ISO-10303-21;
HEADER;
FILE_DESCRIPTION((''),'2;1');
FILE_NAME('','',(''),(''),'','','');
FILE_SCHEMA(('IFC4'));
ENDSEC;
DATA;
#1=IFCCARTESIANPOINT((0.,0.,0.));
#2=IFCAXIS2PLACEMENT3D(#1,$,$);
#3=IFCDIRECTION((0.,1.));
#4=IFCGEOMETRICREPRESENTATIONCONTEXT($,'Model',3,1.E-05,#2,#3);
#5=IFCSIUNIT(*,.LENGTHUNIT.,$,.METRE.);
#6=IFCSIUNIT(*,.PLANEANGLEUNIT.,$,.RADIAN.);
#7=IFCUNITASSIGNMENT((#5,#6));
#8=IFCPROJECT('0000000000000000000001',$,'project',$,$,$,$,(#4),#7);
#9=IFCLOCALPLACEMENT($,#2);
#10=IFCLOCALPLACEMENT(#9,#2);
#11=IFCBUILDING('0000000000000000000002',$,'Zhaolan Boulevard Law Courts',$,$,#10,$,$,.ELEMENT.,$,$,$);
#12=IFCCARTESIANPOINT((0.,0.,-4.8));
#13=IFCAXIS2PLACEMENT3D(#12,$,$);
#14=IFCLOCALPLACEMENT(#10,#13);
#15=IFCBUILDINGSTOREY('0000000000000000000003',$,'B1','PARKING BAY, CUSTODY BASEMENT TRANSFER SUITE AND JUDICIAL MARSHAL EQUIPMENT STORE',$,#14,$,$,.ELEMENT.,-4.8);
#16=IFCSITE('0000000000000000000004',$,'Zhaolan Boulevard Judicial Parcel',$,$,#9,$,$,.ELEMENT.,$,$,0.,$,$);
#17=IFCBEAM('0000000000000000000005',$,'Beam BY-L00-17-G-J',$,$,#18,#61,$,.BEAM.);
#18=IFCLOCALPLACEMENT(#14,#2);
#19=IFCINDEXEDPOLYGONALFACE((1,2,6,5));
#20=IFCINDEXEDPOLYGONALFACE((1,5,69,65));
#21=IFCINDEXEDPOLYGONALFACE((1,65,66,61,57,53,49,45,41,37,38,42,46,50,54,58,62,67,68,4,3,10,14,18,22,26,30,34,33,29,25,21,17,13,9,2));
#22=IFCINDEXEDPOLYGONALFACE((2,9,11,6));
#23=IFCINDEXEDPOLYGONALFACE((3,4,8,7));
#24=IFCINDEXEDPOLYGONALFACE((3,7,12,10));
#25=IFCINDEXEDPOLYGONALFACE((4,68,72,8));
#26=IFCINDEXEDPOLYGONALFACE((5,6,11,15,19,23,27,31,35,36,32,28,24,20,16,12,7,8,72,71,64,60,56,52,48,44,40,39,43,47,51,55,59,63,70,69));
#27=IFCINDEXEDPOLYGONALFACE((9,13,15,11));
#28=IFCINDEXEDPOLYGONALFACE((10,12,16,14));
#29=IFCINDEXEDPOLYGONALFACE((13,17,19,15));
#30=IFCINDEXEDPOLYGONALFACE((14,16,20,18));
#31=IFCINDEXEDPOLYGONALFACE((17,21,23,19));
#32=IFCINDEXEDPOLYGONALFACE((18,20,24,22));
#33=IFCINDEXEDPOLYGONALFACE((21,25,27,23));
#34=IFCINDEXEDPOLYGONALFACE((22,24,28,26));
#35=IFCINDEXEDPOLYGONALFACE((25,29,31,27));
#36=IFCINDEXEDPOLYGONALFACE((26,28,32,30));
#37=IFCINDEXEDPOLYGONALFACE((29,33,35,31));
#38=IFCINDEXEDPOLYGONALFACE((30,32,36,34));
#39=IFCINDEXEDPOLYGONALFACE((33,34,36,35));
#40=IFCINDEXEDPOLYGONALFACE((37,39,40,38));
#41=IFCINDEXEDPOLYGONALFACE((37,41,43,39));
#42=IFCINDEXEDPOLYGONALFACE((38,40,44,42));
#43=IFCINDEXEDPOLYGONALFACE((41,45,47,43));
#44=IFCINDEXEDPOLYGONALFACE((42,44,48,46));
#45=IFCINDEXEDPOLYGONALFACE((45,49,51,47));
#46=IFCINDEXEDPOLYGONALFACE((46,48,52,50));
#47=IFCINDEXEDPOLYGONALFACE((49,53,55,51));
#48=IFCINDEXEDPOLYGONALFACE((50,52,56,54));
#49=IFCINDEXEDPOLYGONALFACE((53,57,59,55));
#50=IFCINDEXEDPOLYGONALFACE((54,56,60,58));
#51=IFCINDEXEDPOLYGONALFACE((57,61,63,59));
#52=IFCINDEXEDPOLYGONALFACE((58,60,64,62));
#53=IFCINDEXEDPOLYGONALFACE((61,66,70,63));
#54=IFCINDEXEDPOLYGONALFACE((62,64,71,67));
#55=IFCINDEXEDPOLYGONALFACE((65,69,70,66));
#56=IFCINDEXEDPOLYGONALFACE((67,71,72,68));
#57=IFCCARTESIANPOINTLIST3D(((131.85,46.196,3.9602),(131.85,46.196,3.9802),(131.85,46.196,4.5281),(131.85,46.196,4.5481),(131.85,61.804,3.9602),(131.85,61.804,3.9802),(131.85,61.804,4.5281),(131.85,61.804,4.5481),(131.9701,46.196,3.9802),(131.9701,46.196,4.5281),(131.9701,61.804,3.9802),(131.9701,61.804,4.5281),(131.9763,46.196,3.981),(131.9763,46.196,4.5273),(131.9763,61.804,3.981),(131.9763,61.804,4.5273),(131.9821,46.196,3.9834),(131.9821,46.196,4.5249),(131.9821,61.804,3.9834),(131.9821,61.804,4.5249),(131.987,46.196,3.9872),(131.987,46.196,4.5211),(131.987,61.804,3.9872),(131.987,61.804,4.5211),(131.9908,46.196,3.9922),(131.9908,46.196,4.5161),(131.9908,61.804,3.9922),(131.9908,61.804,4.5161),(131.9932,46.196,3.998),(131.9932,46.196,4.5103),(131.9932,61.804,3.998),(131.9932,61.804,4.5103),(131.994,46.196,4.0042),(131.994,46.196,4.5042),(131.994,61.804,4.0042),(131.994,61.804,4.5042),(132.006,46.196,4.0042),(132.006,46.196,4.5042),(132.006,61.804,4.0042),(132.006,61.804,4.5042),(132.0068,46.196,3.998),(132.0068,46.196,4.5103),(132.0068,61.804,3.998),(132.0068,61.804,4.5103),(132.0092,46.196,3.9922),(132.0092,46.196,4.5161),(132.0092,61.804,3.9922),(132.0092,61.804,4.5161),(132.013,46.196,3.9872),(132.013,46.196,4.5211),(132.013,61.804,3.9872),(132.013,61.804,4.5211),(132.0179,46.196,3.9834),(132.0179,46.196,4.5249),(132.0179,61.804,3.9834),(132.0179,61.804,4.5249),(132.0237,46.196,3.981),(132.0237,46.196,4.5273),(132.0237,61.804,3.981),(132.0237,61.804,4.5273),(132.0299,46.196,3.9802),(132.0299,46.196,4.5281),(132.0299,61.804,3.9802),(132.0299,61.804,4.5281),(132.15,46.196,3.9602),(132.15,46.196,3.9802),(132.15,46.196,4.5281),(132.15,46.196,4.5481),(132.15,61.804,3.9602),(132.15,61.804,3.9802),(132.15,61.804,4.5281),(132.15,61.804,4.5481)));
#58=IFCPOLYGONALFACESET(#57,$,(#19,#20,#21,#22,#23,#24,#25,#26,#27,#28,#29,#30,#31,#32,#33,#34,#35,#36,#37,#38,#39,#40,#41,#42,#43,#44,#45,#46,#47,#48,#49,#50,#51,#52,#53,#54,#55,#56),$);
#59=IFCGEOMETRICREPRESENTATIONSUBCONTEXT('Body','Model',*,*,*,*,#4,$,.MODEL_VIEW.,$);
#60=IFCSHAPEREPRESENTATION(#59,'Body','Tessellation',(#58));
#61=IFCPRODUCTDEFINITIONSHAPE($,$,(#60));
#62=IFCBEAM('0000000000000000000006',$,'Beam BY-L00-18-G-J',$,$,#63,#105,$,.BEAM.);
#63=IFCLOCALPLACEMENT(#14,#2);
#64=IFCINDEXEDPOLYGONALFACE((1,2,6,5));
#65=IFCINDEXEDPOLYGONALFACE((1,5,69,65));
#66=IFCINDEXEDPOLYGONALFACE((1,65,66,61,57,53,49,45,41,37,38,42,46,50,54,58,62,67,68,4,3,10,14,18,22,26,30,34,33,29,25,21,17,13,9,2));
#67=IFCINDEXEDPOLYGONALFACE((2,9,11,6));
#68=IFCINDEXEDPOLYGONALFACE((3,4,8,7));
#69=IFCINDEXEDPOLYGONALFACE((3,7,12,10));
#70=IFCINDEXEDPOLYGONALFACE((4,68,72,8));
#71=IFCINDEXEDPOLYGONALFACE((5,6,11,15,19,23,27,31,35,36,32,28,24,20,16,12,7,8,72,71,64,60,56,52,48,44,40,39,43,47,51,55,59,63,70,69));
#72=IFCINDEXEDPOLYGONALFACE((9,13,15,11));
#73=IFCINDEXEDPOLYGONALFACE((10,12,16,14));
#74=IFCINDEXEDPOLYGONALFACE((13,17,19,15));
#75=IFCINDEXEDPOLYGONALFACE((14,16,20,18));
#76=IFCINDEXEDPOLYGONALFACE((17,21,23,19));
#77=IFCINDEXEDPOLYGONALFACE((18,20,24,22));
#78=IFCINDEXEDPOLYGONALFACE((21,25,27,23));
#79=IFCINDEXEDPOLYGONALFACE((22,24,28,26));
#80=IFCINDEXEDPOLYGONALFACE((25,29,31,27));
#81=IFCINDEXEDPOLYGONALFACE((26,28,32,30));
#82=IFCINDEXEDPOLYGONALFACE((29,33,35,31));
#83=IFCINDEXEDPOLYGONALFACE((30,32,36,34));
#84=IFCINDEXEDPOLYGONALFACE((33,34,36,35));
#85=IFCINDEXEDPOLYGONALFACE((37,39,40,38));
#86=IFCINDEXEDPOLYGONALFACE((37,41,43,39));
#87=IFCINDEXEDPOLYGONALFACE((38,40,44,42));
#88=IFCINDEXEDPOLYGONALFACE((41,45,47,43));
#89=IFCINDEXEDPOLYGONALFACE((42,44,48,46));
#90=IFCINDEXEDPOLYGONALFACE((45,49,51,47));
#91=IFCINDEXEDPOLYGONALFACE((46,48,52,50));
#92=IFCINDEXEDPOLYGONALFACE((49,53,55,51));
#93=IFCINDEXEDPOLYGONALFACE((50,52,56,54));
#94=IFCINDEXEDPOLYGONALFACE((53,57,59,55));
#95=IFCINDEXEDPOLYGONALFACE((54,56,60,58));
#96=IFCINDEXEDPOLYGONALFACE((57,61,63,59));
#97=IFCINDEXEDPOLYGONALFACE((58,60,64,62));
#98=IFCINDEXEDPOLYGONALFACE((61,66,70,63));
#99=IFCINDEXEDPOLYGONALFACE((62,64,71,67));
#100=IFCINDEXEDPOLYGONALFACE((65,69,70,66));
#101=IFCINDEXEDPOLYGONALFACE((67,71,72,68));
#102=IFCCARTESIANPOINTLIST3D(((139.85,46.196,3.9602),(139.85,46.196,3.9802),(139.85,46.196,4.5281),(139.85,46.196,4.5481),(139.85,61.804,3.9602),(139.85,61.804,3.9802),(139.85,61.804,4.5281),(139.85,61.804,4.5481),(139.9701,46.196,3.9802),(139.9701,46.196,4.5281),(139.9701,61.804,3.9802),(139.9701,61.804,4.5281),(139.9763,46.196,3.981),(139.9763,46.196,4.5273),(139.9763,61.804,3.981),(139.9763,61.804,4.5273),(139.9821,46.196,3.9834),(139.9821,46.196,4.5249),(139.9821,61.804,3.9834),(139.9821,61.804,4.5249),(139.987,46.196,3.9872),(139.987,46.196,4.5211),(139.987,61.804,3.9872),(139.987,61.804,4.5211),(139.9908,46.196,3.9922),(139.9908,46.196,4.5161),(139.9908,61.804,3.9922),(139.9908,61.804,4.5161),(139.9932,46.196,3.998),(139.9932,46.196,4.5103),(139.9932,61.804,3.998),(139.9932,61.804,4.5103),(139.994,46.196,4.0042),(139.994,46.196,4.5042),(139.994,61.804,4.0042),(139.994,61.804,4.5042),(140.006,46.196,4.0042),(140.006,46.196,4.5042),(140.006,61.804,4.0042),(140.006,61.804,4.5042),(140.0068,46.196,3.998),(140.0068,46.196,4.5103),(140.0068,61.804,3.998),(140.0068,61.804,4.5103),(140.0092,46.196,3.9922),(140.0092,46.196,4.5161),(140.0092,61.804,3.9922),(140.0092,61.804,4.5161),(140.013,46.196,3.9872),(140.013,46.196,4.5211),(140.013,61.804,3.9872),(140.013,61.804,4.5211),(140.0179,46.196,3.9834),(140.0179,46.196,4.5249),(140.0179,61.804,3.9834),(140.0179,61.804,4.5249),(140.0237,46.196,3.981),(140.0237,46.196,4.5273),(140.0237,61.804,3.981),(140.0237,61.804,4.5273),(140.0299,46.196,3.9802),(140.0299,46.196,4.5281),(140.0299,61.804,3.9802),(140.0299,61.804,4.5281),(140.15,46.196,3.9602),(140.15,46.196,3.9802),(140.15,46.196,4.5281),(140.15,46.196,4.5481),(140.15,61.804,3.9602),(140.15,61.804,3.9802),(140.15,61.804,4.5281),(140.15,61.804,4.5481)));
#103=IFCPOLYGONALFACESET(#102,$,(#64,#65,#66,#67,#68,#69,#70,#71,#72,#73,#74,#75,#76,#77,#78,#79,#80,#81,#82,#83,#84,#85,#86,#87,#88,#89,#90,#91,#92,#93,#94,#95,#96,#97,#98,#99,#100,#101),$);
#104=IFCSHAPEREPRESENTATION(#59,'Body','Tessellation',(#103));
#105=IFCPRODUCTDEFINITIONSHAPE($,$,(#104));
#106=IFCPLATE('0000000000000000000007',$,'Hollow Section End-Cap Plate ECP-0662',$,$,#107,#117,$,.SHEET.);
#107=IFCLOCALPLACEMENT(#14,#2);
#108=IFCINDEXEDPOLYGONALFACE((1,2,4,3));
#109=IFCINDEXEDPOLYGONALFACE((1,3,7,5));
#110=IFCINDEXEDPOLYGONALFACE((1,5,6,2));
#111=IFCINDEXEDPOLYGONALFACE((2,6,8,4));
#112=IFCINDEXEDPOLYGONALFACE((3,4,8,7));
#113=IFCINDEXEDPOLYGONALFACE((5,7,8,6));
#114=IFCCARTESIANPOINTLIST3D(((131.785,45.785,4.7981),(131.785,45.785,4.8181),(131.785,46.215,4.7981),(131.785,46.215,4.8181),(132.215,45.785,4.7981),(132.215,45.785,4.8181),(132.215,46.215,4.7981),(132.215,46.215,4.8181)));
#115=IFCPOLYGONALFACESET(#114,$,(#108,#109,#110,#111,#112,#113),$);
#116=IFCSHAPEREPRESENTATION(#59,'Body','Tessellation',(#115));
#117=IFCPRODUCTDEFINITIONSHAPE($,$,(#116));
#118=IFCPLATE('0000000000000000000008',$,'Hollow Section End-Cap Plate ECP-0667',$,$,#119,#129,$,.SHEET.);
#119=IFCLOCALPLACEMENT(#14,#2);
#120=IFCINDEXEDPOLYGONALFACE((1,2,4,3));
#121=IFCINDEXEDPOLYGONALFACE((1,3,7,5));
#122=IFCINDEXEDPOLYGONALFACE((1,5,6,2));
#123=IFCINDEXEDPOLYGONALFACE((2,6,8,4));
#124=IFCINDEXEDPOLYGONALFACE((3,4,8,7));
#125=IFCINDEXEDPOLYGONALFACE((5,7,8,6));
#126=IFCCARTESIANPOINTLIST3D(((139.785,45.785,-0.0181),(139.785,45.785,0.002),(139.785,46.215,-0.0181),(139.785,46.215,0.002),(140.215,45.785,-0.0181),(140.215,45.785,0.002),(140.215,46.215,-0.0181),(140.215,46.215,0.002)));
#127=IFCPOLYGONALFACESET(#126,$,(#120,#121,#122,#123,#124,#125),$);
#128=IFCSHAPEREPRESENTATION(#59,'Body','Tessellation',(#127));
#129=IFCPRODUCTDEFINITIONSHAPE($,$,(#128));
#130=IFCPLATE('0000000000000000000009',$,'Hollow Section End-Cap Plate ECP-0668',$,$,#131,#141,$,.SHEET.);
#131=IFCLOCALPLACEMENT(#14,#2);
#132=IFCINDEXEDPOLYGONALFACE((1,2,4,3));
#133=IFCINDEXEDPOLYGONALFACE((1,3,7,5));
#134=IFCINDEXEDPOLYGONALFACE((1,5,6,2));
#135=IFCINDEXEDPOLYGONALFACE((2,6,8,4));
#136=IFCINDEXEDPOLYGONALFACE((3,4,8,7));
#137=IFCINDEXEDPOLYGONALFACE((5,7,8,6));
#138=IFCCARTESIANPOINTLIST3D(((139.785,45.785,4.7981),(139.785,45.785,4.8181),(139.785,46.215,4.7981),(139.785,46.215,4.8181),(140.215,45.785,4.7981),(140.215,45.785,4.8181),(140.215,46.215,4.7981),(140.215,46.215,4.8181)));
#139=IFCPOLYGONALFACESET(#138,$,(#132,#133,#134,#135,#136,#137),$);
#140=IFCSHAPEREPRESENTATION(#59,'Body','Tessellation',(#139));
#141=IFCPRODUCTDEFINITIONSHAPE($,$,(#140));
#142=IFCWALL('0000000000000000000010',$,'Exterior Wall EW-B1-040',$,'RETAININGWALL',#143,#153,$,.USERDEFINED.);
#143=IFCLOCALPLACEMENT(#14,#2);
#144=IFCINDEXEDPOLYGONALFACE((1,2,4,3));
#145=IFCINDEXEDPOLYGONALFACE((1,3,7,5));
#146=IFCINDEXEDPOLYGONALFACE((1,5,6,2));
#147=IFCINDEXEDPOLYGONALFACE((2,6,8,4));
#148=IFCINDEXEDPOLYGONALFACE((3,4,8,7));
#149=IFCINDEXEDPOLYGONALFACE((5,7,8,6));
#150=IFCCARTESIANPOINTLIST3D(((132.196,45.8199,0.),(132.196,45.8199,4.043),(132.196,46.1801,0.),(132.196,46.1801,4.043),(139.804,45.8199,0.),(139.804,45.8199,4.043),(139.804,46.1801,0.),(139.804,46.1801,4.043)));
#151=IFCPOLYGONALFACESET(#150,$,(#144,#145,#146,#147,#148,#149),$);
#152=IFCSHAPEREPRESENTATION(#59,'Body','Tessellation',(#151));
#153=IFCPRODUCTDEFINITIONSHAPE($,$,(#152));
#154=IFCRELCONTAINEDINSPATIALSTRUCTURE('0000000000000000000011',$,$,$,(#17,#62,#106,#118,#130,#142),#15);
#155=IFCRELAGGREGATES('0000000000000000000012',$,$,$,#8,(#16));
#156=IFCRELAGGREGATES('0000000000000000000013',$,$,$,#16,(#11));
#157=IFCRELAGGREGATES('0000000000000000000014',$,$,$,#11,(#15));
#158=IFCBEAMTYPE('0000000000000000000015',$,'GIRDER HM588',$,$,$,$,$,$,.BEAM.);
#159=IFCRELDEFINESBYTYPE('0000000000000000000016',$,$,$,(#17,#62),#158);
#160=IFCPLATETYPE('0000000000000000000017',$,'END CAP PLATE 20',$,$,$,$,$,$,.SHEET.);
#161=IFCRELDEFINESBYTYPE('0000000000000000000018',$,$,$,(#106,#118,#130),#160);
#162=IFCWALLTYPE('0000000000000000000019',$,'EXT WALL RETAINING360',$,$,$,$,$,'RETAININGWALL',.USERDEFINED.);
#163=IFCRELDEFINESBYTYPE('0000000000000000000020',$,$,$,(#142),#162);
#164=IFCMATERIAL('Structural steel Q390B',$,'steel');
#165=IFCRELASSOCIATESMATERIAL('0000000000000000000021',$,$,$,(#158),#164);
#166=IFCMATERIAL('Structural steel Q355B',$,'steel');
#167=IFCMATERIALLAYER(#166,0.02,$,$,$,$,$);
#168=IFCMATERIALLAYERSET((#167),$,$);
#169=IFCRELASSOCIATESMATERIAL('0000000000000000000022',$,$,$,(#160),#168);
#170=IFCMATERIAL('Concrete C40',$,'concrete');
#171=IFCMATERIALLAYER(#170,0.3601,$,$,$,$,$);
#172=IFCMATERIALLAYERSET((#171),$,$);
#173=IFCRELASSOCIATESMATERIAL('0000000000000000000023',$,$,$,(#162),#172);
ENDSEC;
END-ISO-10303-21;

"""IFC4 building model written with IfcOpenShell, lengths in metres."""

from ifc_helpers import new_model, si_unit, direction, frame, frame_2d, origin, origin_2d, place, context, subcontext, project, spatial, rectangle, i_section, extrude, material, layer, layer_set, material_profile, profile_set, type_object, element, save


model = new_model("IFC4")

# Units and contexts
model_context = context("Model", 3, precision=1e-05, world=origin(), true_north=direction((0.0, 1.0)))
body_context = subcontext(model_context, "Body", "Model", "MODEL_VIEW")
ifc_project = project(units=[si_unit("LENGTHUNIT", "METRE"), si_unit("PLANEANGLEUNIT", "RADIAN")], contexts=[model_context])

# Site, building, storey
site_placement = place(None, origin())
site = spatial("IfcSite", under=ifc_project, at=site_placement, Name="Zhaolan Boulevard Judicial Parcel", CompositionType="ELEMENT", RefElevation=0.0)
building_placement = place(site_placement, origin())
building = spatial("IfcBuilding", under=site, at=building_placement, Name="Zhaolan Boulevard Law Courts", CompositionType="ELEMENT")
storey_placement = place(building_placement, frame((0.0, 0.0, -4.8)))
storey = spatial("IfcBuildingStorey", under=building, at=storey_placement, Name="B1", Description="PARKING BAY, CUSTODY BASEMENT TRANSFER SUITE AND JUDICIAL MARSHAL EQUIPMENT STORE", CompositionType="ELEMENT", Elevation=-4.8)

# Beams
ifc_material_1 = material(Name="Structural steel Q390B", Category="steel")
ifc_material_profile_1 = material_profile(ifc_material_1, i_section(OverallWidth=0.3, OverallDepth=0.5879, WebThickness=0.012, FlangeThickness=0.02, FilletRadius=0.0239, at=origin_2d()), Name="HM588x300")
ifc_profile_set_1 = profile_set([ifc_material_profile_1], Name="Structural steel Q390B")
beam_type_1 = type_object("IfcBeamType", Name="GIRDER HM588", PredefinedType="BEAM", material=ifc_profile_set_1)
for number, where, z_axis, x_axis, name in (
    (1, (132.0, 46.196, 4.2542), (0.0, 1.0, 0.0), (-1.0, 0.0, 0.0), "Beam BY-L00-17-G-J"),
    (2, (140.0, 46.196, 4.2542), (0.0, 1.0, 0.0), (-1.0, 0.0, 0.0), "Beam BY-L00-18-G-J"),
):
    element("IfcBeam", number, at=place(storey_placement, frame(where, z_axis=z_axis, x_axis=x_axis)), inside=storey, type_object=beam_type_1, Name=name, PredefinedType="BEAM", context=body_context, shape_type="SweptSolid", body=[
        extrude(i_section(OverallWidth=0.3, OverallDepth=0.5879, WebThickness=0.012, FlangeThickness=0.02, FilletRadius=0.0239, at=origin_2d()), origin(), (0.0, 0.0, 1.0), 15.6079),
    ])

# Plates
ifc_material_2 = material(Name="Structural steel Q355B", Category="steel")
ifc_layer_1 = layer(ifc_material_2, 0.02)
ifc_layer_set_1 = layer_set([ifc_layer_1])
plate_type = type_object("IfcPlateType", Name="END CAP PLATE 20", PredefinedType="SHEET", material=ifc_layer_set_1)
for number, where, z_axis, x_axis, name in (
    (3, (132.0, 46.0, 4.7981), (0.0, 0.0, 1.0), (1.0, 0.0, 0.0), "Hollow Section End-Cap Plate ECP-0662"),
    (4, (140.0, 46.0, -0.0181), (0.0, 0.0, 1.0), (1.0, 0.0, 0.0), "Hollow Section End-Cap Plate ECP-0667"),
    (5, (140.0, 46.0, 4.7981), (0.0, 0.0, 1.0), (1.0, 0.0, 0.0), "Hollow Section End-Cap Plate ECP-0668"),
):
    element("IfcPlate", number, at=place(storey_placement, frame(where, z_axis=z_axis, x_axis=x_axis)), inside=storey, type_object=plate_type, Name=name, PredefinedType="SHEET", context=body_context, shape_type="SweptSolid", body=[
        extrude(rectangle(XDim=0.4299, YDim=0.4299, at=origin_2d()), origin(), (0.0, 0.0, 1.0), 0.02),
    ])

# Wall
ifc_material_3 = material(Name="Concrete C40", Category="concrete")
ifc_layer_2 = layer(ifc_material_3, 0.3601)
ifc_layer_set_2 = layer_set([ifc_layer_2])
wall_type = type_object("IfcWallType", Name="EXT WALL RETAINING360", ElementType="RETAININGWALL", PredefinedType="USERDEFINED", material=ifc_layer_set_2)
wall_placement = place(storey_placement, frame((139.804, 46.0, 0.0), z_axis=(0.0, 0.0, 1.0), x_axis=(-1.0, 0.0, 0.0)))
element("IfcWall", 6, at=wall_placement, inside=storey, type_object=wall_type, Name="Exterior Wall EW-B1-040", ObjectType="RETAININGWALL", PredefinedType="USERDEFINED", context=body_context, shape_type="SweptSolid", body=[
    extrude(rectangle(XDim=7.6079, YDim=0.3601, at=frame_2d((3.804, 0.0))), origin(), (0.0, 0.0, 1.0), 4.043),
])

save(model, "model.ifc")
